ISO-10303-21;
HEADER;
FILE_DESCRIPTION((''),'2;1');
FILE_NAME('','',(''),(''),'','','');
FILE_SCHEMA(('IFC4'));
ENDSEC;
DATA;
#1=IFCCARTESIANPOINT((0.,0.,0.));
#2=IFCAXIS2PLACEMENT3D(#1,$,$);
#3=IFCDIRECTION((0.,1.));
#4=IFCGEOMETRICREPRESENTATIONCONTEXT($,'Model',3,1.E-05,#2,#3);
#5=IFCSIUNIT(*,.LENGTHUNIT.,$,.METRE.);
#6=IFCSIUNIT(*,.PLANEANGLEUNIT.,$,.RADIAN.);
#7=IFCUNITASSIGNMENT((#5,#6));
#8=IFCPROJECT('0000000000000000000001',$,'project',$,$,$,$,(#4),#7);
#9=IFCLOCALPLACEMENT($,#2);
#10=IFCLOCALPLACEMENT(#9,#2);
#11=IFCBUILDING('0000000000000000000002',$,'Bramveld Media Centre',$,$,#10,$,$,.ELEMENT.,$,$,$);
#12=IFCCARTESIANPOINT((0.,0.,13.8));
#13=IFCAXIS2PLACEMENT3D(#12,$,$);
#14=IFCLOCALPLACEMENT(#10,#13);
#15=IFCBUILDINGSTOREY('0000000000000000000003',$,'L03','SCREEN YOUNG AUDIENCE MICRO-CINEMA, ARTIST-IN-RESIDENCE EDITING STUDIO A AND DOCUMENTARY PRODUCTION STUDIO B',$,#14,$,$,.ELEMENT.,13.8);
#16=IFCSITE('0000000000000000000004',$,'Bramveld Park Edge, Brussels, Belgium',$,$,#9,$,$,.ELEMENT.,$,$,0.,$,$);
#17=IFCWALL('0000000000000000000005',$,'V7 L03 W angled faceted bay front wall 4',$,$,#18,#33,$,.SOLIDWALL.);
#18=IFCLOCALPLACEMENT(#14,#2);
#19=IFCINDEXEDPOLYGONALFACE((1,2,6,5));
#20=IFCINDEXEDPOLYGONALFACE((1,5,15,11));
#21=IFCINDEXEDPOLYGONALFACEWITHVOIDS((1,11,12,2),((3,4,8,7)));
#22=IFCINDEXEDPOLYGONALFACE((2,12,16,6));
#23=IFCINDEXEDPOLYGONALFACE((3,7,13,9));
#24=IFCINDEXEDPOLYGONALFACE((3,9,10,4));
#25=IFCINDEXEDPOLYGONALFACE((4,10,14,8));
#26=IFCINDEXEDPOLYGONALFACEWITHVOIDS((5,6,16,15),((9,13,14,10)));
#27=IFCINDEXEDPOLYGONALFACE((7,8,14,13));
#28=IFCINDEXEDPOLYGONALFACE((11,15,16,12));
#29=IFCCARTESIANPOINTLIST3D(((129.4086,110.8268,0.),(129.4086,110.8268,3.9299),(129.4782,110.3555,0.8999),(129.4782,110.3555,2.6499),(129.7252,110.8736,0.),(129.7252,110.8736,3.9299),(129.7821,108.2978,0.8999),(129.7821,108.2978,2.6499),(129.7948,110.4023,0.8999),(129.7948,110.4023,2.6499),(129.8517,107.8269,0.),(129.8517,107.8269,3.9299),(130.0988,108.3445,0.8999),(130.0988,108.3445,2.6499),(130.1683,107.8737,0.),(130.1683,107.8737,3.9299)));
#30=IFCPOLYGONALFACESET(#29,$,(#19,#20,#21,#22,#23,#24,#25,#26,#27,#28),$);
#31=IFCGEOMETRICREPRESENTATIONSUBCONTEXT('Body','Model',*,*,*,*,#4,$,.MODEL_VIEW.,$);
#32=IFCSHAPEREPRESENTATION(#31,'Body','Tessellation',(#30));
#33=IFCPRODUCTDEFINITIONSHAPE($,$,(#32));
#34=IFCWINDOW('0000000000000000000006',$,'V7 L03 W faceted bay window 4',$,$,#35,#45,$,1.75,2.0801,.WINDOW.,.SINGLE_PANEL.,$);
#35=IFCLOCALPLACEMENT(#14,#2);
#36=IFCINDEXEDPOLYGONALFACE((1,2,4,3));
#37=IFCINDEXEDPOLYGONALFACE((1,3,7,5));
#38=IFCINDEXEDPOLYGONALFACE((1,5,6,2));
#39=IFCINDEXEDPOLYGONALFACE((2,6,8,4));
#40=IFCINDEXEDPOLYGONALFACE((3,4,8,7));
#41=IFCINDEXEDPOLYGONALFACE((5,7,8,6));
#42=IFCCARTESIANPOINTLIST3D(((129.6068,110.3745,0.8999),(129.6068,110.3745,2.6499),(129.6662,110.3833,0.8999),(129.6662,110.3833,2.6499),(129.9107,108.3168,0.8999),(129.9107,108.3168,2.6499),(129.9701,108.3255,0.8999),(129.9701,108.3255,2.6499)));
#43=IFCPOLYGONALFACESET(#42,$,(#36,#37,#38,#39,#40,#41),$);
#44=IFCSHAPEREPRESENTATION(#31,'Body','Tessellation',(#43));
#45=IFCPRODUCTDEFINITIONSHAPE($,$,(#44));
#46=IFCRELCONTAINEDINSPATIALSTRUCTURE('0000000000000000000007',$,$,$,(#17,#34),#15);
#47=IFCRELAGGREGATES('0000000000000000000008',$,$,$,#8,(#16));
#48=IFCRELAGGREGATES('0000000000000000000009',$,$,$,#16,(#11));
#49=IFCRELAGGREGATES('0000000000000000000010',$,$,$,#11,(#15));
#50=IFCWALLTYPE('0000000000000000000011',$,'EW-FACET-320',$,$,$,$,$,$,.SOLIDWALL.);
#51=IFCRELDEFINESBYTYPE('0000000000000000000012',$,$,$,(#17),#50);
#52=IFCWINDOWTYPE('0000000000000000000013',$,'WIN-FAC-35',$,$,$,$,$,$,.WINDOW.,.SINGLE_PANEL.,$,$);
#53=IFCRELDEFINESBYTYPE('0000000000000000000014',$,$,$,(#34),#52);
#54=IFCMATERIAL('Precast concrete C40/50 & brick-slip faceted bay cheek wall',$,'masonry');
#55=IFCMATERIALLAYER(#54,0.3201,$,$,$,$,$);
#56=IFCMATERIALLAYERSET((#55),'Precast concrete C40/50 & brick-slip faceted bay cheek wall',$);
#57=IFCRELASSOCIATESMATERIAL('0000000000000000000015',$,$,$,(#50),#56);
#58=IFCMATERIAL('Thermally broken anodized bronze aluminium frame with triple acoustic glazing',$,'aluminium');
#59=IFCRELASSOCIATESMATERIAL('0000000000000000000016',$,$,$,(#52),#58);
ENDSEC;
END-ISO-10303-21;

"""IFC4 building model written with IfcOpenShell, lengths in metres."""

from ifc_helpers import new_model, si_unit, direction, frame, frame_2d, origin, place, context, subcontext, project, spatial, rectangle, extrude, material, layer, layer_set, type_object, element, fill, save


model = new_model("IFC4")

# Units and contexts
model_context = context("Model", 3, precision=1e-05, world=origin(), true_north=direction((0.0, 1.0)))
body_context = subcontext(model_context, "Body", "Model", "MODEL_VIEW")
ifc_project = project(units=[si_unit("LENGTHUNIT", "METRE"), si_unit("PLANEANGLEUNIT", "RADIAN")], contexts=[model_context])

# Site, building, storey
site_placement = place(None, origin())
site = spatial("IfcSite", under=ifc_project, at=site_placement, Name="Bramveld Park Edge, Brussels, Belgium", CompositionType="ELEMENT", RefElevation=0.0)
building_placement = place(site_placement, origin())
building = spatial("IfcBuilding", under=site, at=building_placement, Name="Bramveld Media Centre", CompositionType="ELEMENT")
storey_placement = place(building_placement, frame((0.0, 0.0, 13.8)))
storey = spatial("IfcBuildingStorey", under=building, at=storey_placement, Name="L03", Description="SCREEN YOUNG AUDIENCE MICRO-CINEMA, ARTIST-IN-RESIDENCE EDITING STUDIO A AND DOCUMENTARY PRODUCTION STUDIO B", CompositionType="ELEMENT", Elevation=13.8)

# Wall, opening, window
ifc_material_1 = material(Name="Precast concrete C40/50 & brick-slip faceted bay cheek wall", Category="masonry")
ifc_layer_1 = layer(ifc_material_1, 0.3201)
ifc_layer_set_1 = layer_set([ifc_layer_1], Name="Precast concrete C40/50 & brick-slip faceted bay cheek wall")
wall_type_1 = type_object("IfcWallType", Name="EW-FACET-320", PredefinedType="SOLIDWALL", material=ifc_layer_set_1)
wall_1_placement = place(storey_placement, frame((129.5669, 110.8501, 0.0), z_axis=(0.0, 0.0, 1.0), x_axis=(0.14612, -0.989267, 0.0)))
wall_1 = element("IfcWall", 1, at=wall_1_placement, inside=storey, type_object=wall_type_1, Name="V7 L03 W angled faceted bay front wall 4", PredefinedType="SOLIDWALL", context=body_context, shape_type="SweptSolid", body=[
    extrude(rectangle(XDim=3.0325, YDim=0.3201, at=frame_2d((1.5161, 0.0))), origin(), (0.0, 0.0, 1.0), 3.9299),
])
opening_1_placement = place(wall_1_placement, frame((0.4763, 0.0, 0.8999)))
opening_1 = element("IfcOpeningElement", 2, at=opening_1_placement, cuts=wall_1, PredefinedType="OPENING", context=body_context, shape_type="SweptSolid", body=[
    extrude(rectangle(XDim=2.0801, YDim=1.75, at=frame_2d((1.04, 0.875))), frame((0.0, 0.1719, 0.0), z_axis=(0.0, -1.0, 0.0), x_axis=(1.0, 0.0, 0.0)), (0.0, 0.0, 1.0), 0.344),
])
ifc_material_2 = material(Name="Thermally broken anodized bronze aluminium frame with triple acoustic glazing", Category="aluminium")
window_type_1 = type_object("IfcWindowType", Name="WIN-FAC-35", PartitioningType="SINGLE_PANEL", PredefinedType="WINDOW", material=ifc_material_2)
window_1_placement = place(opening_1_placement, origin())
window_1 = element("IfcWindow", 3, at=window_1_placement, inside=storey, type_object=window_type_1, Name="V7 L03 W faceted bay window 4", OverallHeight=1.75, OverallWidth=2.0801, PartitioningType="SINGLE_PANEL", PredefinedType="WINDOW", context=body_context, shape_type="SweptSolid", body=[
    extrude(rectangle(XDim=2.0801, YDim=1.75, at=frame_2d((1.04, 0.875))), frame((0.0, 0.03, 0.0), z_axis=(0.0, -1.0, 0.0), x_axis=(1.0, 0.0, 0.0)), (0.0, 0.0, 1.0), 0.0601),
])
fill(opening_1, window_1)

save(model, "model.ifc")
